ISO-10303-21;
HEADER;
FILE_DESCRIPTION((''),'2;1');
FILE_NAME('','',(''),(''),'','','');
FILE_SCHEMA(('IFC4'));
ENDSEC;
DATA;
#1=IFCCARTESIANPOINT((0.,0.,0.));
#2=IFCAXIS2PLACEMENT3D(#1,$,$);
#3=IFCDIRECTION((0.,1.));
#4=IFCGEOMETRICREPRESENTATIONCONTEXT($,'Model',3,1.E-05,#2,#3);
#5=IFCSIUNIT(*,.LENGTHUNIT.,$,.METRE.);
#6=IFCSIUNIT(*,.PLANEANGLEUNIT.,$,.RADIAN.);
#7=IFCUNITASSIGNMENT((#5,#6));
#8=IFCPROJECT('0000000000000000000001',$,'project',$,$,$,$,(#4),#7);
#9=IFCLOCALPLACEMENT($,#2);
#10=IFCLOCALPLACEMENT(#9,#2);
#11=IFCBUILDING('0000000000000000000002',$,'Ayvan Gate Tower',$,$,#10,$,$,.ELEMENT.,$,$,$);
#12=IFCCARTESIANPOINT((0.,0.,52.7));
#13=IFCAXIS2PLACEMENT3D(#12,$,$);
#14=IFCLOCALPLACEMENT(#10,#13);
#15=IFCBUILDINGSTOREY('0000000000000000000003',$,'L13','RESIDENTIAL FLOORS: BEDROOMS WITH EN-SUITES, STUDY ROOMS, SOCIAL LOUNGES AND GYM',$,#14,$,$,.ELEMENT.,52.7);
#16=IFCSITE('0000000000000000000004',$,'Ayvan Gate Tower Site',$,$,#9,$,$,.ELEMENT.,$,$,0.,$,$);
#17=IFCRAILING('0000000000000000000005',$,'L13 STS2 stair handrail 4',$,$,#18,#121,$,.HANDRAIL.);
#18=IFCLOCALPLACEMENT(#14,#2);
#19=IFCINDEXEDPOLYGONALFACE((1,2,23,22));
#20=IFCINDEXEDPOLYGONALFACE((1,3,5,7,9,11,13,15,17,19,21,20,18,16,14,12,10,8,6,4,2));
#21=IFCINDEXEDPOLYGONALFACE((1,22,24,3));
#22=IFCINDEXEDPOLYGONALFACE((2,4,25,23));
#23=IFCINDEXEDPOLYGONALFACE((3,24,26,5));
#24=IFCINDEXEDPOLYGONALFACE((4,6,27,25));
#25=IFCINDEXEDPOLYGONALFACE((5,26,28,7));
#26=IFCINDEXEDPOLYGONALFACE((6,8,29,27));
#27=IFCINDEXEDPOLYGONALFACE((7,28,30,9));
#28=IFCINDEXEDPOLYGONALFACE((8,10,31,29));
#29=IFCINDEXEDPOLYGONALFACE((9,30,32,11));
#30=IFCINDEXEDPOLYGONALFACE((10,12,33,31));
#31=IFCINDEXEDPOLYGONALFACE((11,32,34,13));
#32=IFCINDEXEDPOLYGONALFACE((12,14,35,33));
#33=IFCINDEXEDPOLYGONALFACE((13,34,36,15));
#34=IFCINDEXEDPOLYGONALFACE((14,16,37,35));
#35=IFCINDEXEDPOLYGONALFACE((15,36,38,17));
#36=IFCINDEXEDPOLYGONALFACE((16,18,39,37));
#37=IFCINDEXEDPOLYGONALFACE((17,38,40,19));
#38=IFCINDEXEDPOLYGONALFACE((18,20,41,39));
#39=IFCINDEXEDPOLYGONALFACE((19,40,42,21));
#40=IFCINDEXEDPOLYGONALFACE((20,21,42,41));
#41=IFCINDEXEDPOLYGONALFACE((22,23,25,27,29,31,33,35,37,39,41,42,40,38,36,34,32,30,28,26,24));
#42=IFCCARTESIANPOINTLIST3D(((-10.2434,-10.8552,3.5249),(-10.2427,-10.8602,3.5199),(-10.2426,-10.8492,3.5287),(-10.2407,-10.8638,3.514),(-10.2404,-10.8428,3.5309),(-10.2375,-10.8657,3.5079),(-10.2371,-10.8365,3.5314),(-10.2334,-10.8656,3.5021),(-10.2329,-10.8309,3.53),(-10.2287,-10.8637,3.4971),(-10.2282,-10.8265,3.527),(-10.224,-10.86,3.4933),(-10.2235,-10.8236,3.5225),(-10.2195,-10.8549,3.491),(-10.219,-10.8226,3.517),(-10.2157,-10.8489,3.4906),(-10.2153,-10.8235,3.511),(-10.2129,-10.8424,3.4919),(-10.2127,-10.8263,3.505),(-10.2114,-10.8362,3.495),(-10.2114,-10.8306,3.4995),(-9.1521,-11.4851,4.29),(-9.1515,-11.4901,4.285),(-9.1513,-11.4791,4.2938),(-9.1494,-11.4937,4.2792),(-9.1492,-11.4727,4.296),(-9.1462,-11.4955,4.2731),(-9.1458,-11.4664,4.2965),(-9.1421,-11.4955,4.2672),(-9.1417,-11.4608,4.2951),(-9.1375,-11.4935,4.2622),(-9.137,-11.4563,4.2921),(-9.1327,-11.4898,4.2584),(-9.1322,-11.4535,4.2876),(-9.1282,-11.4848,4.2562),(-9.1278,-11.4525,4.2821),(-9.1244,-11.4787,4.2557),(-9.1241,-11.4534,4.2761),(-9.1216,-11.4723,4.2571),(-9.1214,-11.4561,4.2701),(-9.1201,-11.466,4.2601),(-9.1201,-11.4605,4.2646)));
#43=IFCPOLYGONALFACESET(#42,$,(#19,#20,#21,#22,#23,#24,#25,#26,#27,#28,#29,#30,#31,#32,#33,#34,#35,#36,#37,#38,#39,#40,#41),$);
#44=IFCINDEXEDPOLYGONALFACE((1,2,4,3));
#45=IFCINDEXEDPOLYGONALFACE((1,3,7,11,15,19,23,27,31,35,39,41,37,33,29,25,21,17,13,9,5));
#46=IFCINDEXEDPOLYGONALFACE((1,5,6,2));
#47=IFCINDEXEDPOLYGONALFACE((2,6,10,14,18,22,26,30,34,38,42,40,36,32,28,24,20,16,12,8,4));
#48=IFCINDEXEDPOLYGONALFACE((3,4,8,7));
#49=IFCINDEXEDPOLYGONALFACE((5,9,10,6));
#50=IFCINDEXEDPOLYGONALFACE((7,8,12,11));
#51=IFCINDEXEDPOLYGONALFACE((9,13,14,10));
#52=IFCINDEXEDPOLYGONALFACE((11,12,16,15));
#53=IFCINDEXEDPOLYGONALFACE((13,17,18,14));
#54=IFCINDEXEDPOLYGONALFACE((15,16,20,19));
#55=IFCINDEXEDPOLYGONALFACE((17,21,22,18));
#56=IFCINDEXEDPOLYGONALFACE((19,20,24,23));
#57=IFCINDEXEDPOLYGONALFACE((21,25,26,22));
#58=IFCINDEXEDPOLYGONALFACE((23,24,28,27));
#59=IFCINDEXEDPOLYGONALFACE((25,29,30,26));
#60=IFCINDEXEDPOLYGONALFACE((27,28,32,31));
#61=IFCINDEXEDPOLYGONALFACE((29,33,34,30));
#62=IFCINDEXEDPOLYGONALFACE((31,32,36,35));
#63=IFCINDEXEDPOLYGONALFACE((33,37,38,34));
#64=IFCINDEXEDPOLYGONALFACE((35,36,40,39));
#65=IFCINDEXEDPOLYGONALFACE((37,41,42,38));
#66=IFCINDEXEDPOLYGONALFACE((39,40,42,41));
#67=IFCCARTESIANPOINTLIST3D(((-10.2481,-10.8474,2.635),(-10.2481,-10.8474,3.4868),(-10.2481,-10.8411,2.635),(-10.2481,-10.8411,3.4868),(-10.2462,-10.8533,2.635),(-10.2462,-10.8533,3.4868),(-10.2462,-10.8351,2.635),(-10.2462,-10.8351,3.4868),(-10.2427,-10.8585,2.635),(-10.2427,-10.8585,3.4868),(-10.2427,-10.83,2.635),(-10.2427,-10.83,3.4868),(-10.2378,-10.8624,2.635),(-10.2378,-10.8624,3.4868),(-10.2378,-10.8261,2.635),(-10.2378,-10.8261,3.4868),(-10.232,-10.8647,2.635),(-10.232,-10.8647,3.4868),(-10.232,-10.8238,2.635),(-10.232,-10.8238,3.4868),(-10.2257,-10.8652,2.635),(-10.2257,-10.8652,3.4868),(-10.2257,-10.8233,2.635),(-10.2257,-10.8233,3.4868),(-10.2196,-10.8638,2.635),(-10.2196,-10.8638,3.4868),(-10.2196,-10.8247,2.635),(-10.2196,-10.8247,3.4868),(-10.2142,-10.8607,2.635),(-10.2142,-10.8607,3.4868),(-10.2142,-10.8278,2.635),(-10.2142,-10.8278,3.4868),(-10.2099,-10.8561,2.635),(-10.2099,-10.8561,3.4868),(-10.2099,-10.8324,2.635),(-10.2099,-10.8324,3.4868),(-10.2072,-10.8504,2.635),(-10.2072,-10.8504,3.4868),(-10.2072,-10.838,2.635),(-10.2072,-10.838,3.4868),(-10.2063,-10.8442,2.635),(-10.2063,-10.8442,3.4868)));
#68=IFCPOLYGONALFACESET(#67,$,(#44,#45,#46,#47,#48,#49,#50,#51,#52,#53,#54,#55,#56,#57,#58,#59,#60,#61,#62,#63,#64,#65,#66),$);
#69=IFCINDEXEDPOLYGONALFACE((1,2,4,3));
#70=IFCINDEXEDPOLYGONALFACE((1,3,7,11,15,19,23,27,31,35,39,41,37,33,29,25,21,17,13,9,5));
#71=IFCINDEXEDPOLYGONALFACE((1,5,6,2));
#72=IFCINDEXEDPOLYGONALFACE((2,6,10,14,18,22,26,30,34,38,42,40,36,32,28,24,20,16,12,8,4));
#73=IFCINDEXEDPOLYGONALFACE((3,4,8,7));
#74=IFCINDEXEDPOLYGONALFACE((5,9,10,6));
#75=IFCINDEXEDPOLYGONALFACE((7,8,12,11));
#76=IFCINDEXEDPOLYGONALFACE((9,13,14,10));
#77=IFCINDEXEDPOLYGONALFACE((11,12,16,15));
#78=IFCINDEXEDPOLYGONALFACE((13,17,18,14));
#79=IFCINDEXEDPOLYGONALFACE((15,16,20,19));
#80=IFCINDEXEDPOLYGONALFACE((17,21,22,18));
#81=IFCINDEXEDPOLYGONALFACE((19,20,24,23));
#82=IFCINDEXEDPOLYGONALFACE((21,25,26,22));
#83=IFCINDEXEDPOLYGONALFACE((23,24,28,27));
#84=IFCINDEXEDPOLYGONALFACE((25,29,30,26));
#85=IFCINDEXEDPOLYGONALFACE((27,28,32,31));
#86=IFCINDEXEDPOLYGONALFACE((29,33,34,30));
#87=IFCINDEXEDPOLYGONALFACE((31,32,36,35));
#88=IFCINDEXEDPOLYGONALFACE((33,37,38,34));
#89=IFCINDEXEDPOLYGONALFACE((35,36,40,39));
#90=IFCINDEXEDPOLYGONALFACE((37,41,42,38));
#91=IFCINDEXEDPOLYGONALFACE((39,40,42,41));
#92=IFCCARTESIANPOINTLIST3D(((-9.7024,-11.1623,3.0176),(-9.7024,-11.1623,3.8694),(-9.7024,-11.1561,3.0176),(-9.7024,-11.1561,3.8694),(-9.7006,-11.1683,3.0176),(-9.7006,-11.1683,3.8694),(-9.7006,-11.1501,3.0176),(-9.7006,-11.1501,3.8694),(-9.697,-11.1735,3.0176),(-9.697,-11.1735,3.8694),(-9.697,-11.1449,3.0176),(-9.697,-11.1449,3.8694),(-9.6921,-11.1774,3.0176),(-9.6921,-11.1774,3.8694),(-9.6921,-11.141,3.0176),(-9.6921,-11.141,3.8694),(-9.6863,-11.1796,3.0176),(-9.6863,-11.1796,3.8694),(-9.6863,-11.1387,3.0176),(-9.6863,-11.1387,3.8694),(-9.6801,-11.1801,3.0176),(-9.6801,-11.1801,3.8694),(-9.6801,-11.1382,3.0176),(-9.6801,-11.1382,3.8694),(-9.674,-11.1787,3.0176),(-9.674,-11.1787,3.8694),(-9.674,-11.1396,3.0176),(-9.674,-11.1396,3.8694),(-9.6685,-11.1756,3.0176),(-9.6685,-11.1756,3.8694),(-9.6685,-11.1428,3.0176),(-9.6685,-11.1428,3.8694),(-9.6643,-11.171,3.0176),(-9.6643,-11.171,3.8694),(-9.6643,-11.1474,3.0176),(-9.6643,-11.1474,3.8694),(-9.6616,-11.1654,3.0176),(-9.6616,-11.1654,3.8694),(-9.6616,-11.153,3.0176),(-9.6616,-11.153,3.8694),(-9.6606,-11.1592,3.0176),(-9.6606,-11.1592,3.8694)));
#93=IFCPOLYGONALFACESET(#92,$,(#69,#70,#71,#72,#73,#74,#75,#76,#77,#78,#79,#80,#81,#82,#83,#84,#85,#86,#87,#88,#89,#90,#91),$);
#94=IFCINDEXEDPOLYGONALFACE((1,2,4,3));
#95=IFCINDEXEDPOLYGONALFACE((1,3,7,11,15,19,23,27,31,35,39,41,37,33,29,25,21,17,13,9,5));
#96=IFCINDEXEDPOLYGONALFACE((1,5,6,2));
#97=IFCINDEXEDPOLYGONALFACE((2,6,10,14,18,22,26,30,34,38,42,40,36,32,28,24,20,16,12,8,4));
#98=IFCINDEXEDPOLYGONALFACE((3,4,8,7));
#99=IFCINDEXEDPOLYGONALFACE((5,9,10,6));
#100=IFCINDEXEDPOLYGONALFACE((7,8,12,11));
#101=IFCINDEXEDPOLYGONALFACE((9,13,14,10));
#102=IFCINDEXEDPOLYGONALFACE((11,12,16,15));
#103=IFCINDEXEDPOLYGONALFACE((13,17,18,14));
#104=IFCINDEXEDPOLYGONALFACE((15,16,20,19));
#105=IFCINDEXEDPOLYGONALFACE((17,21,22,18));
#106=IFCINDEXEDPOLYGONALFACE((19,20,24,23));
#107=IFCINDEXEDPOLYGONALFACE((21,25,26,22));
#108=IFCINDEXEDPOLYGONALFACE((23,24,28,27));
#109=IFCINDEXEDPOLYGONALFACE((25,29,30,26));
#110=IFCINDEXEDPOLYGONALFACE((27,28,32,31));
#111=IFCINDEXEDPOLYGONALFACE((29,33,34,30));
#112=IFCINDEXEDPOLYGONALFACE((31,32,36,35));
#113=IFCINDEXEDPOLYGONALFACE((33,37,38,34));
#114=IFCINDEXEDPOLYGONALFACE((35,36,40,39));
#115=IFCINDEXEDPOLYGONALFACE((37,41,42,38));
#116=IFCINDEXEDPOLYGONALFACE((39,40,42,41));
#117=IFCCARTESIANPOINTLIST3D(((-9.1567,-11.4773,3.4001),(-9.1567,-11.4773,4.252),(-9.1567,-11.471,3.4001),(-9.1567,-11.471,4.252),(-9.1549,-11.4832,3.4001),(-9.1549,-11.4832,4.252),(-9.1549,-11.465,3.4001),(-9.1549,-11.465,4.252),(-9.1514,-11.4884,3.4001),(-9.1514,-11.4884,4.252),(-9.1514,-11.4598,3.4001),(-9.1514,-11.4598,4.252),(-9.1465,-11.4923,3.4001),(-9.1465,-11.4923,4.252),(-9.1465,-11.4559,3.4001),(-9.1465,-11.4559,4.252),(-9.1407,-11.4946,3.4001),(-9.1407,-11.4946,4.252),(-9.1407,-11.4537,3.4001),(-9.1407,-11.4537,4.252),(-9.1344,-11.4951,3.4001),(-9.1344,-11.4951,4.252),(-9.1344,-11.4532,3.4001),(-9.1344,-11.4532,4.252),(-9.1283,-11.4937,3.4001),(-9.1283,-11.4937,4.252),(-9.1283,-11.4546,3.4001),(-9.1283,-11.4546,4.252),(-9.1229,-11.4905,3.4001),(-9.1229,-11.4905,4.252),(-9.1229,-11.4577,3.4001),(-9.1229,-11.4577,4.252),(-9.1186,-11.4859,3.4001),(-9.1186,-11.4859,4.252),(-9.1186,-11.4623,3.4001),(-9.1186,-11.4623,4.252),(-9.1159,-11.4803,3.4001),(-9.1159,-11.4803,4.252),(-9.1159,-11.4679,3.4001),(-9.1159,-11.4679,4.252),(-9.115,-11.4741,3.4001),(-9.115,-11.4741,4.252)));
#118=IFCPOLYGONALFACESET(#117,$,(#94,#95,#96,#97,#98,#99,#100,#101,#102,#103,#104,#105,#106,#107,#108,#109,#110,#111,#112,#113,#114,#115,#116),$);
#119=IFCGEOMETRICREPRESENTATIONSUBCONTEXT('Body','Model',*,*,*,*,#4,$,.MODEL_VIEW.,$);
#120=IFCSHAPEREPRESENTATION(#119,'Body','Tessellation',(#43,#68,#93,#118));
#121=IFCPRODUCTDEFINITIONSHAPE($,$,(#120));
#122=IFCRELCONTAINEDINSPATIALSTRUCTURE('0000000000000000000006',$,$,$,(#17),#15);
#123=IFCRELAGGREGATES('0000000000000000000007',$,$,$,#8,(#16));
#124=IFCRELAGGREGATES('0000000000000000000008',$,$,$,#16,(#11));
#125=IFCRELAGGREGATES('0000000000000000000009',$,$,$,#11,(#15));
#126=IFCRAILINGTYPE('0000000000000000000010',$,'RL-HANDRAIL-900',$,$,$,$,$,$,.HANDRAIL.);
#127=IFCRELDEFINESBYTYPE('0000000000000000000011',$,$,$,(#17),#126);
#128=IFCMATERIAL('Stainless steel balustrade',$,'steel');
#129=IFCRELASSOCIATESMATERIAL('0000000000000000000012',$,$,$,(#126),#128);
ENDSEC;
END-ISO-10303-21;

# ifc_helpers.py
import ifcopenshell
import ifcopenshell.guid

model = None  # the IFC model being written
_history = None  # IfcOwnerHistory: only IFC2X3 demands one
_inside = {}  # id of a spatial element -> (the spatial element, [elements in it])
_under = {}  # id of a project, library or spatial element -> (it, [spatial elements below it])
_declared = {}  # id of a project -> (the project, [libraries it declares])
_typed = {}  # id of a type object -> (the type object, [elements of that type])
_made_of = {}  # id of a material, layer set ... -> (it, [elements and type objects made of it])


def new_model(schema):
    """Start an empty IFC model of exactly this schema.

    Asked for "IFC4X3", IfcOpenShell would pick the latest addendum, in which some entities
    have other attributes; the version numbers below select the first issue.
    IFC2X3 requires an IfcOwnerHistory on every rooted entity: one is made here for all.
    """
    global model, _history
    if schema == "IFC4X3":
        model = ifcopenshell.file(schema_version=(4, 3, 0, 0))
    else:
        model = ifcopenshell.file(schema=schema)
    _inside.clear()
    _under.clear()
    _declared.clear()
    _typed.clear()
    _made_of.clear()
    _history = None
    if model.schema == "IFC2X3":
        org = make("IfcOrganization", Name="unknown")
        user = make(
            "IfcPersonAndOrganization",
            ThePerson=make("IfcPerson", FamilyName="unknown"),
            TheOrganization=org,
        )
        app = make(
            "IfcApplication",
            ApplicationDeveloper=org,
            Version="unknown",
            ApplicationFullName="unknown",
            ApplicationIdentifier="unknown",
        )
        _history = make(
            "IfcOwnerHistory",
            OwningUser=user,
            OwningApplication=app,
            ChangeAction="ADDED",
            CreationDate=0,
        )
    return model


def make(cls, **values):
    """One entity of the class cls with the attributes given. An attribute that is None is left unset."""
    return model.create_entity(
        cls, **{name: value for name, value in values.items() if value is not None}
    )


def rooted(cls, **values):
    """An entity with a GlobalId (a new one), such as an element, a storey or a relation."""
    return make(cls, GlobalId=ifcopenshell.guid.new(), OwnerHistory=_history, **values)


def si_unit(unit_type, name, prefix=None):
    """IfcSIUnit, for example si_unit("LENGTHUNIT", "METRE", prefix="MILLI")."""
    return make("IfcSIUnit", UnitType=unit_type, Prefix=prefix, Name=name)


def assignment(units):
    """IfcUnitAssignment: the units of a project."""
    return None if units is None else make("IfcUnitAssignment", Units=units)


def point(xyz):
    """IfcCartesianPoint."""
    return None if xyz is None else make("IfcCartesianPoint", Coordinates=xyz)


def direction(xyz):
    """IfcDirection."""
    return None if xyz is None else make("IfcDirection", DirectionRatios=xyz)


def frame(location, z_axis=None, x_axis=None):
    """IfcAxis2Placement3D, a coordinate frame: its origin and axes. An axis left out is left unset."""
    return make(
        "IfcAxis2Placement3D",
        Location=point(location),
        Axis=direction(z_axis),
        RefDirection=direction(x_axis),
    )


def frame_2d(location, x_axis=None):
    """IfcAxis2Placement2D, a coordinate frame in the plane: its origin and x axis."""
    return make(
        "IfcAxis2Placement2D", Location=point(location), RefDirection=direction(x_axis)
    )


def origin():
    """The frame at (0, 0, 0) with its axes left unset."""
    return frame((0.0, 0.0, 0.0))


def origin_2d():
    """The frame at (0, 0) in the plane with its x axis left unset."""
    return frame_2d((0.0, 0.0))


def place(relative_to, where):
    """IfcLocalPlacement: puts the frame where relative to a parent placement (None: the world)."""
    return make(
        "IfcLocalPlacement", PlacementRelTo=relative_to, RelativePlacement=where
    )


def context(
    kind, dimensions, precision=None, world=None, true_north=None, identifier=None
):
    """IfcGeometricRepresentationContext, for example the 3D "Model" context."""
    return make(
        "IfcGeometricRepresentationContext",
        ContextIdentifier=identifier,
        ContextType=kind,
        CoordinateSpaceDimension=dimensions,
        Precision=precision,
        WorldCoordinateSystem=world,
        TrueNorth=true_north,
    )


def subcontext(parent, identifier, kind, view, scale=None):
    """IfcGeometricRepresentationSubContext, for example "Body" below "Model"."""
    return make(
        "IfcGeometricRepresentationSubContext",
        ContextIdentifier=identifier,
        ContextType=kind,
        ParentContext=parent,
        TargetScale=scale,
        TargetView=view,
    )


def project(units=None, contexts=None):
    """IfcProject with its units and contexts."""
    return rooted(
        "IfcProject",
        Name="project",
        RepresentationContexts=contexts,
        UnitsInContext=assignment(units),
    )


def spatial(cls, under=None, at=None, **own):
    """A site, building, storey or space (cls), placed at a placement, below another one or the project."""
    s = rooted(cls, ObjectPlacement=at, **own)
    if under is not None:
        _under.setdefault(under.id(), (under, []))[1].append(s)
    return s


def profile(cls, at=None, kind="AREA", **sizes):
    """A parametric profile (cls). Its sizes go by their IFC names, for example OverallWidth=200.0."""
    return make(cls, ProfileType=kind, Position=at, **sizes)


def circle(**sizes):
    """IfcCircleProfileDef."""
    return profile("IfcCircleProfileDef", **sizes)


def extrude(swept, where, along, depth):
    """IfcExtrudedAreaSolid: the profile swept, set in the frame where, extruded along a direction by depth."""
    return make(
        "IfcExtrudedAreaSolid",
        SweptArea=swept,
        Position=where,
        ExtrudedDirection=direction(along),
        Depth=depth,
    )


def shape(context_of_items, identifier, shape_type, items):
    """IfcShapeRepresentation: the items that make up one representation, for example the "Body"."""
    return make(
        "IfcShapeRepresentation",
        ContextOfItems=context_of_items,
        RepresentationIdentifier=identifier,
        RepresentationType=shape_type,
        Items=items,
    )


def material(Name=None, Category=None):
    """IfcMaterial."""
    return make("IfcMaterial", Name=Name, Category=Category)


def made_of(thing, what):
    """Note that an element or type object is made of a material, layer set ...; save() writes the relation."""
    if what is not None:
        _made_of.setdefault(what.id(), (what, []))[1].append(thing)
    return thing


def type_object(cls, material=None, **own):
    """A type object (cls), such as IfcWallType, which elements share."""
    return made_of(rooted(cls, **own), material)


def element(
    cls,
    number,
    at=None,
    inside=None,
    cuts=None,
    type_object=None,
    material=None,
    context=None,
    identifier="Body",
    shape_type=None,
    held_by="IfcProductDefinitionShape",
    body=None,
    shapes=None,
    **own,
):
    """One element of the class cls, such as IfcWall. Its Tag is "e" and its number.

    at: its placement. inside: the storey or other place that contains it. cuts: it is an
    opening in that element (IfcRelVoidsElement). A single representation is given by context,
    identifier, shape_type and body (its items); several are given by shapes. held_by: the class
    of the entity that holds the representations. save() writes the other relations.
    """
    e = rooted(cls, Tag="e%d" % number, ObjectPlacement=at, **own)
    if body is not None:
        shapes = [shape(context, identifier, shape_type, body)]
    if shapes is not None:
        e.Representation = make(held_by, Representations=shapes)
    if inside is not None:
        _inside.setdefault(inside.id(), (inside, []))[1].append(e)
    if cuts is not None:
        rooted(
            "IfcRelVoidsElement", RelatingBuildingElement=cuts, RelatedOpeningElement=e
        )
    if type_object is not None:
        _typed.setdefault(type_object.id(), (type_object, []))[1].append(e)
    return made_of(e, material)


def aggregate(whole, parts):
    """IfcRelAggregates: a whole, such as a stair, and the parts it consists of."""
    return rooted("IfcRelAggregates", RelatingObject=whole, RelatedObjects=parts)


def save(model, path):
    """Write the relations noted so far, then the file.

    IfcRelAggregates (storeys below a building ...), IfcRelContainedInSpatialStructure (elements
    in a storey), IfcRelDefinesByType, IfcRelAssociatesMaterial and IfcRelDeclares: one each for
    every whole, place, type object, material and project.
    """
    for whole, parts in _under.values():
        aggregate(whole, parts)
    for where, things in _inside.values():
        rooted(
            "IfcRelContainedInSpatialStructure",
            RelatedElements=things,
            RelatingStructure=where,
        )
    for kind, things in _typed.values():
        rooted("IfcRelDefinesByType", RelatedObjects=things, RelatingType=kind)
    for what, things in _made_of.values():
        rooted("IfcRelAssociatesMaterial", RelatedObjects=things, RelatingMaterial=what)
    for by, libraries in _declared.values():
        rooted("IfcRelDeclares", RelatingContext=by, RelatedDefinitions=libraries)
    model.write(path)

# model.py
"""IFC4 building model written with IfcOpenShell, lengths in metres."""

from ifc_helpers import new_model, si_unit, direction, frame, origin, origin_2d, place, context, subcontext, project, spatial, circle, extrude, material, type_object, element, save


model = new_model("IFC4")

# Units and contexts
model_context = context("Model", 3, precision=1e-05, world=origin(), true_north=direction((0.0, 1.0)))
body_context = subcontext(model_context, "Body", "Model", "MODEL_VIEW")
ifc_project = project(units=[si_unit("LENGTHUNIT", "METRE"), si_unit("PLANEANGLEUNIT", "RADIAN")], contexts=[model_context])

# Site, building, storey
site_placement = place(None, origin())
site = spatial("IfcSite", under=ifc_project, at=site_placement, Name="Ayvan Gate Tower Site", CompositionType="ELEMENT", RefElevation=0.0)
building_placement = place(site_placement, origin())
building = spatial("IfcBuilding", under=site, at=building_placement, Name="Ayvan Gate Tower", CompositionType="ELEMENT")
storey_placement = place(building_placement, frame((0.0, 0.0, 52.7)))
storey = spatial("IfcBuildingStorey", under=building, at=storey_placement, Name="L13", Description="RESIDENTIAL FLOORS: BEDROOMS WITH EN-SUITES, STUDY ROOMS, SOCIAL LOUNGES AND GYM", CompositionType="ELEMENT", Elevation=52.7)

# Railing
ifc_material_1 = material(Name="Stainless steel balustrade", Category="steel")
railing_type_1 = type_object("IfcRailingType", Name="RL-HANDRAIL-900", PredefinedType="HANDRAIL", material=ifc_material_1)
railing_1_placement = place(storey_placement, frame((-10.2273, -10.8442, 2.635)))
element("IfcRailing", 1, at=railing_1_placement, inside=storey, type_object=railing_type_1, Name="L13 STS2 stair handrail 4", PredefinedType="HANDRAIL", context=body_context, shape_type="SweptSolid", body=[
    extrude(circle(Radius=0.0239, at=origin_2d()), frame((0.0, 0.0, 0.876), z_axis=(0.740293, -0.427283, 0.519033), x_axis=(0.49989, 0.866089, 0.0)), (0.0, 0.0, 1.0), 1.4741),
    extrude(circle(Radius=0.021, at=origin_2d()), origin(), (0.0, 0.0, 1.0), 0.8518),
    extrude(circle(Radius=0.021, at=origin_2d()), frame((0.5457, -0.3149, 0.3826)), (0.0, 0.0, 1.0), 0.8518),
    extrude(circle(Radius=0.021, at=origin_2d()), frame((1.0913, -0.6299, 0.7651)), (0.0, 0.0, 1.0), 0.8518),
])

save(model, "model.ifc")
